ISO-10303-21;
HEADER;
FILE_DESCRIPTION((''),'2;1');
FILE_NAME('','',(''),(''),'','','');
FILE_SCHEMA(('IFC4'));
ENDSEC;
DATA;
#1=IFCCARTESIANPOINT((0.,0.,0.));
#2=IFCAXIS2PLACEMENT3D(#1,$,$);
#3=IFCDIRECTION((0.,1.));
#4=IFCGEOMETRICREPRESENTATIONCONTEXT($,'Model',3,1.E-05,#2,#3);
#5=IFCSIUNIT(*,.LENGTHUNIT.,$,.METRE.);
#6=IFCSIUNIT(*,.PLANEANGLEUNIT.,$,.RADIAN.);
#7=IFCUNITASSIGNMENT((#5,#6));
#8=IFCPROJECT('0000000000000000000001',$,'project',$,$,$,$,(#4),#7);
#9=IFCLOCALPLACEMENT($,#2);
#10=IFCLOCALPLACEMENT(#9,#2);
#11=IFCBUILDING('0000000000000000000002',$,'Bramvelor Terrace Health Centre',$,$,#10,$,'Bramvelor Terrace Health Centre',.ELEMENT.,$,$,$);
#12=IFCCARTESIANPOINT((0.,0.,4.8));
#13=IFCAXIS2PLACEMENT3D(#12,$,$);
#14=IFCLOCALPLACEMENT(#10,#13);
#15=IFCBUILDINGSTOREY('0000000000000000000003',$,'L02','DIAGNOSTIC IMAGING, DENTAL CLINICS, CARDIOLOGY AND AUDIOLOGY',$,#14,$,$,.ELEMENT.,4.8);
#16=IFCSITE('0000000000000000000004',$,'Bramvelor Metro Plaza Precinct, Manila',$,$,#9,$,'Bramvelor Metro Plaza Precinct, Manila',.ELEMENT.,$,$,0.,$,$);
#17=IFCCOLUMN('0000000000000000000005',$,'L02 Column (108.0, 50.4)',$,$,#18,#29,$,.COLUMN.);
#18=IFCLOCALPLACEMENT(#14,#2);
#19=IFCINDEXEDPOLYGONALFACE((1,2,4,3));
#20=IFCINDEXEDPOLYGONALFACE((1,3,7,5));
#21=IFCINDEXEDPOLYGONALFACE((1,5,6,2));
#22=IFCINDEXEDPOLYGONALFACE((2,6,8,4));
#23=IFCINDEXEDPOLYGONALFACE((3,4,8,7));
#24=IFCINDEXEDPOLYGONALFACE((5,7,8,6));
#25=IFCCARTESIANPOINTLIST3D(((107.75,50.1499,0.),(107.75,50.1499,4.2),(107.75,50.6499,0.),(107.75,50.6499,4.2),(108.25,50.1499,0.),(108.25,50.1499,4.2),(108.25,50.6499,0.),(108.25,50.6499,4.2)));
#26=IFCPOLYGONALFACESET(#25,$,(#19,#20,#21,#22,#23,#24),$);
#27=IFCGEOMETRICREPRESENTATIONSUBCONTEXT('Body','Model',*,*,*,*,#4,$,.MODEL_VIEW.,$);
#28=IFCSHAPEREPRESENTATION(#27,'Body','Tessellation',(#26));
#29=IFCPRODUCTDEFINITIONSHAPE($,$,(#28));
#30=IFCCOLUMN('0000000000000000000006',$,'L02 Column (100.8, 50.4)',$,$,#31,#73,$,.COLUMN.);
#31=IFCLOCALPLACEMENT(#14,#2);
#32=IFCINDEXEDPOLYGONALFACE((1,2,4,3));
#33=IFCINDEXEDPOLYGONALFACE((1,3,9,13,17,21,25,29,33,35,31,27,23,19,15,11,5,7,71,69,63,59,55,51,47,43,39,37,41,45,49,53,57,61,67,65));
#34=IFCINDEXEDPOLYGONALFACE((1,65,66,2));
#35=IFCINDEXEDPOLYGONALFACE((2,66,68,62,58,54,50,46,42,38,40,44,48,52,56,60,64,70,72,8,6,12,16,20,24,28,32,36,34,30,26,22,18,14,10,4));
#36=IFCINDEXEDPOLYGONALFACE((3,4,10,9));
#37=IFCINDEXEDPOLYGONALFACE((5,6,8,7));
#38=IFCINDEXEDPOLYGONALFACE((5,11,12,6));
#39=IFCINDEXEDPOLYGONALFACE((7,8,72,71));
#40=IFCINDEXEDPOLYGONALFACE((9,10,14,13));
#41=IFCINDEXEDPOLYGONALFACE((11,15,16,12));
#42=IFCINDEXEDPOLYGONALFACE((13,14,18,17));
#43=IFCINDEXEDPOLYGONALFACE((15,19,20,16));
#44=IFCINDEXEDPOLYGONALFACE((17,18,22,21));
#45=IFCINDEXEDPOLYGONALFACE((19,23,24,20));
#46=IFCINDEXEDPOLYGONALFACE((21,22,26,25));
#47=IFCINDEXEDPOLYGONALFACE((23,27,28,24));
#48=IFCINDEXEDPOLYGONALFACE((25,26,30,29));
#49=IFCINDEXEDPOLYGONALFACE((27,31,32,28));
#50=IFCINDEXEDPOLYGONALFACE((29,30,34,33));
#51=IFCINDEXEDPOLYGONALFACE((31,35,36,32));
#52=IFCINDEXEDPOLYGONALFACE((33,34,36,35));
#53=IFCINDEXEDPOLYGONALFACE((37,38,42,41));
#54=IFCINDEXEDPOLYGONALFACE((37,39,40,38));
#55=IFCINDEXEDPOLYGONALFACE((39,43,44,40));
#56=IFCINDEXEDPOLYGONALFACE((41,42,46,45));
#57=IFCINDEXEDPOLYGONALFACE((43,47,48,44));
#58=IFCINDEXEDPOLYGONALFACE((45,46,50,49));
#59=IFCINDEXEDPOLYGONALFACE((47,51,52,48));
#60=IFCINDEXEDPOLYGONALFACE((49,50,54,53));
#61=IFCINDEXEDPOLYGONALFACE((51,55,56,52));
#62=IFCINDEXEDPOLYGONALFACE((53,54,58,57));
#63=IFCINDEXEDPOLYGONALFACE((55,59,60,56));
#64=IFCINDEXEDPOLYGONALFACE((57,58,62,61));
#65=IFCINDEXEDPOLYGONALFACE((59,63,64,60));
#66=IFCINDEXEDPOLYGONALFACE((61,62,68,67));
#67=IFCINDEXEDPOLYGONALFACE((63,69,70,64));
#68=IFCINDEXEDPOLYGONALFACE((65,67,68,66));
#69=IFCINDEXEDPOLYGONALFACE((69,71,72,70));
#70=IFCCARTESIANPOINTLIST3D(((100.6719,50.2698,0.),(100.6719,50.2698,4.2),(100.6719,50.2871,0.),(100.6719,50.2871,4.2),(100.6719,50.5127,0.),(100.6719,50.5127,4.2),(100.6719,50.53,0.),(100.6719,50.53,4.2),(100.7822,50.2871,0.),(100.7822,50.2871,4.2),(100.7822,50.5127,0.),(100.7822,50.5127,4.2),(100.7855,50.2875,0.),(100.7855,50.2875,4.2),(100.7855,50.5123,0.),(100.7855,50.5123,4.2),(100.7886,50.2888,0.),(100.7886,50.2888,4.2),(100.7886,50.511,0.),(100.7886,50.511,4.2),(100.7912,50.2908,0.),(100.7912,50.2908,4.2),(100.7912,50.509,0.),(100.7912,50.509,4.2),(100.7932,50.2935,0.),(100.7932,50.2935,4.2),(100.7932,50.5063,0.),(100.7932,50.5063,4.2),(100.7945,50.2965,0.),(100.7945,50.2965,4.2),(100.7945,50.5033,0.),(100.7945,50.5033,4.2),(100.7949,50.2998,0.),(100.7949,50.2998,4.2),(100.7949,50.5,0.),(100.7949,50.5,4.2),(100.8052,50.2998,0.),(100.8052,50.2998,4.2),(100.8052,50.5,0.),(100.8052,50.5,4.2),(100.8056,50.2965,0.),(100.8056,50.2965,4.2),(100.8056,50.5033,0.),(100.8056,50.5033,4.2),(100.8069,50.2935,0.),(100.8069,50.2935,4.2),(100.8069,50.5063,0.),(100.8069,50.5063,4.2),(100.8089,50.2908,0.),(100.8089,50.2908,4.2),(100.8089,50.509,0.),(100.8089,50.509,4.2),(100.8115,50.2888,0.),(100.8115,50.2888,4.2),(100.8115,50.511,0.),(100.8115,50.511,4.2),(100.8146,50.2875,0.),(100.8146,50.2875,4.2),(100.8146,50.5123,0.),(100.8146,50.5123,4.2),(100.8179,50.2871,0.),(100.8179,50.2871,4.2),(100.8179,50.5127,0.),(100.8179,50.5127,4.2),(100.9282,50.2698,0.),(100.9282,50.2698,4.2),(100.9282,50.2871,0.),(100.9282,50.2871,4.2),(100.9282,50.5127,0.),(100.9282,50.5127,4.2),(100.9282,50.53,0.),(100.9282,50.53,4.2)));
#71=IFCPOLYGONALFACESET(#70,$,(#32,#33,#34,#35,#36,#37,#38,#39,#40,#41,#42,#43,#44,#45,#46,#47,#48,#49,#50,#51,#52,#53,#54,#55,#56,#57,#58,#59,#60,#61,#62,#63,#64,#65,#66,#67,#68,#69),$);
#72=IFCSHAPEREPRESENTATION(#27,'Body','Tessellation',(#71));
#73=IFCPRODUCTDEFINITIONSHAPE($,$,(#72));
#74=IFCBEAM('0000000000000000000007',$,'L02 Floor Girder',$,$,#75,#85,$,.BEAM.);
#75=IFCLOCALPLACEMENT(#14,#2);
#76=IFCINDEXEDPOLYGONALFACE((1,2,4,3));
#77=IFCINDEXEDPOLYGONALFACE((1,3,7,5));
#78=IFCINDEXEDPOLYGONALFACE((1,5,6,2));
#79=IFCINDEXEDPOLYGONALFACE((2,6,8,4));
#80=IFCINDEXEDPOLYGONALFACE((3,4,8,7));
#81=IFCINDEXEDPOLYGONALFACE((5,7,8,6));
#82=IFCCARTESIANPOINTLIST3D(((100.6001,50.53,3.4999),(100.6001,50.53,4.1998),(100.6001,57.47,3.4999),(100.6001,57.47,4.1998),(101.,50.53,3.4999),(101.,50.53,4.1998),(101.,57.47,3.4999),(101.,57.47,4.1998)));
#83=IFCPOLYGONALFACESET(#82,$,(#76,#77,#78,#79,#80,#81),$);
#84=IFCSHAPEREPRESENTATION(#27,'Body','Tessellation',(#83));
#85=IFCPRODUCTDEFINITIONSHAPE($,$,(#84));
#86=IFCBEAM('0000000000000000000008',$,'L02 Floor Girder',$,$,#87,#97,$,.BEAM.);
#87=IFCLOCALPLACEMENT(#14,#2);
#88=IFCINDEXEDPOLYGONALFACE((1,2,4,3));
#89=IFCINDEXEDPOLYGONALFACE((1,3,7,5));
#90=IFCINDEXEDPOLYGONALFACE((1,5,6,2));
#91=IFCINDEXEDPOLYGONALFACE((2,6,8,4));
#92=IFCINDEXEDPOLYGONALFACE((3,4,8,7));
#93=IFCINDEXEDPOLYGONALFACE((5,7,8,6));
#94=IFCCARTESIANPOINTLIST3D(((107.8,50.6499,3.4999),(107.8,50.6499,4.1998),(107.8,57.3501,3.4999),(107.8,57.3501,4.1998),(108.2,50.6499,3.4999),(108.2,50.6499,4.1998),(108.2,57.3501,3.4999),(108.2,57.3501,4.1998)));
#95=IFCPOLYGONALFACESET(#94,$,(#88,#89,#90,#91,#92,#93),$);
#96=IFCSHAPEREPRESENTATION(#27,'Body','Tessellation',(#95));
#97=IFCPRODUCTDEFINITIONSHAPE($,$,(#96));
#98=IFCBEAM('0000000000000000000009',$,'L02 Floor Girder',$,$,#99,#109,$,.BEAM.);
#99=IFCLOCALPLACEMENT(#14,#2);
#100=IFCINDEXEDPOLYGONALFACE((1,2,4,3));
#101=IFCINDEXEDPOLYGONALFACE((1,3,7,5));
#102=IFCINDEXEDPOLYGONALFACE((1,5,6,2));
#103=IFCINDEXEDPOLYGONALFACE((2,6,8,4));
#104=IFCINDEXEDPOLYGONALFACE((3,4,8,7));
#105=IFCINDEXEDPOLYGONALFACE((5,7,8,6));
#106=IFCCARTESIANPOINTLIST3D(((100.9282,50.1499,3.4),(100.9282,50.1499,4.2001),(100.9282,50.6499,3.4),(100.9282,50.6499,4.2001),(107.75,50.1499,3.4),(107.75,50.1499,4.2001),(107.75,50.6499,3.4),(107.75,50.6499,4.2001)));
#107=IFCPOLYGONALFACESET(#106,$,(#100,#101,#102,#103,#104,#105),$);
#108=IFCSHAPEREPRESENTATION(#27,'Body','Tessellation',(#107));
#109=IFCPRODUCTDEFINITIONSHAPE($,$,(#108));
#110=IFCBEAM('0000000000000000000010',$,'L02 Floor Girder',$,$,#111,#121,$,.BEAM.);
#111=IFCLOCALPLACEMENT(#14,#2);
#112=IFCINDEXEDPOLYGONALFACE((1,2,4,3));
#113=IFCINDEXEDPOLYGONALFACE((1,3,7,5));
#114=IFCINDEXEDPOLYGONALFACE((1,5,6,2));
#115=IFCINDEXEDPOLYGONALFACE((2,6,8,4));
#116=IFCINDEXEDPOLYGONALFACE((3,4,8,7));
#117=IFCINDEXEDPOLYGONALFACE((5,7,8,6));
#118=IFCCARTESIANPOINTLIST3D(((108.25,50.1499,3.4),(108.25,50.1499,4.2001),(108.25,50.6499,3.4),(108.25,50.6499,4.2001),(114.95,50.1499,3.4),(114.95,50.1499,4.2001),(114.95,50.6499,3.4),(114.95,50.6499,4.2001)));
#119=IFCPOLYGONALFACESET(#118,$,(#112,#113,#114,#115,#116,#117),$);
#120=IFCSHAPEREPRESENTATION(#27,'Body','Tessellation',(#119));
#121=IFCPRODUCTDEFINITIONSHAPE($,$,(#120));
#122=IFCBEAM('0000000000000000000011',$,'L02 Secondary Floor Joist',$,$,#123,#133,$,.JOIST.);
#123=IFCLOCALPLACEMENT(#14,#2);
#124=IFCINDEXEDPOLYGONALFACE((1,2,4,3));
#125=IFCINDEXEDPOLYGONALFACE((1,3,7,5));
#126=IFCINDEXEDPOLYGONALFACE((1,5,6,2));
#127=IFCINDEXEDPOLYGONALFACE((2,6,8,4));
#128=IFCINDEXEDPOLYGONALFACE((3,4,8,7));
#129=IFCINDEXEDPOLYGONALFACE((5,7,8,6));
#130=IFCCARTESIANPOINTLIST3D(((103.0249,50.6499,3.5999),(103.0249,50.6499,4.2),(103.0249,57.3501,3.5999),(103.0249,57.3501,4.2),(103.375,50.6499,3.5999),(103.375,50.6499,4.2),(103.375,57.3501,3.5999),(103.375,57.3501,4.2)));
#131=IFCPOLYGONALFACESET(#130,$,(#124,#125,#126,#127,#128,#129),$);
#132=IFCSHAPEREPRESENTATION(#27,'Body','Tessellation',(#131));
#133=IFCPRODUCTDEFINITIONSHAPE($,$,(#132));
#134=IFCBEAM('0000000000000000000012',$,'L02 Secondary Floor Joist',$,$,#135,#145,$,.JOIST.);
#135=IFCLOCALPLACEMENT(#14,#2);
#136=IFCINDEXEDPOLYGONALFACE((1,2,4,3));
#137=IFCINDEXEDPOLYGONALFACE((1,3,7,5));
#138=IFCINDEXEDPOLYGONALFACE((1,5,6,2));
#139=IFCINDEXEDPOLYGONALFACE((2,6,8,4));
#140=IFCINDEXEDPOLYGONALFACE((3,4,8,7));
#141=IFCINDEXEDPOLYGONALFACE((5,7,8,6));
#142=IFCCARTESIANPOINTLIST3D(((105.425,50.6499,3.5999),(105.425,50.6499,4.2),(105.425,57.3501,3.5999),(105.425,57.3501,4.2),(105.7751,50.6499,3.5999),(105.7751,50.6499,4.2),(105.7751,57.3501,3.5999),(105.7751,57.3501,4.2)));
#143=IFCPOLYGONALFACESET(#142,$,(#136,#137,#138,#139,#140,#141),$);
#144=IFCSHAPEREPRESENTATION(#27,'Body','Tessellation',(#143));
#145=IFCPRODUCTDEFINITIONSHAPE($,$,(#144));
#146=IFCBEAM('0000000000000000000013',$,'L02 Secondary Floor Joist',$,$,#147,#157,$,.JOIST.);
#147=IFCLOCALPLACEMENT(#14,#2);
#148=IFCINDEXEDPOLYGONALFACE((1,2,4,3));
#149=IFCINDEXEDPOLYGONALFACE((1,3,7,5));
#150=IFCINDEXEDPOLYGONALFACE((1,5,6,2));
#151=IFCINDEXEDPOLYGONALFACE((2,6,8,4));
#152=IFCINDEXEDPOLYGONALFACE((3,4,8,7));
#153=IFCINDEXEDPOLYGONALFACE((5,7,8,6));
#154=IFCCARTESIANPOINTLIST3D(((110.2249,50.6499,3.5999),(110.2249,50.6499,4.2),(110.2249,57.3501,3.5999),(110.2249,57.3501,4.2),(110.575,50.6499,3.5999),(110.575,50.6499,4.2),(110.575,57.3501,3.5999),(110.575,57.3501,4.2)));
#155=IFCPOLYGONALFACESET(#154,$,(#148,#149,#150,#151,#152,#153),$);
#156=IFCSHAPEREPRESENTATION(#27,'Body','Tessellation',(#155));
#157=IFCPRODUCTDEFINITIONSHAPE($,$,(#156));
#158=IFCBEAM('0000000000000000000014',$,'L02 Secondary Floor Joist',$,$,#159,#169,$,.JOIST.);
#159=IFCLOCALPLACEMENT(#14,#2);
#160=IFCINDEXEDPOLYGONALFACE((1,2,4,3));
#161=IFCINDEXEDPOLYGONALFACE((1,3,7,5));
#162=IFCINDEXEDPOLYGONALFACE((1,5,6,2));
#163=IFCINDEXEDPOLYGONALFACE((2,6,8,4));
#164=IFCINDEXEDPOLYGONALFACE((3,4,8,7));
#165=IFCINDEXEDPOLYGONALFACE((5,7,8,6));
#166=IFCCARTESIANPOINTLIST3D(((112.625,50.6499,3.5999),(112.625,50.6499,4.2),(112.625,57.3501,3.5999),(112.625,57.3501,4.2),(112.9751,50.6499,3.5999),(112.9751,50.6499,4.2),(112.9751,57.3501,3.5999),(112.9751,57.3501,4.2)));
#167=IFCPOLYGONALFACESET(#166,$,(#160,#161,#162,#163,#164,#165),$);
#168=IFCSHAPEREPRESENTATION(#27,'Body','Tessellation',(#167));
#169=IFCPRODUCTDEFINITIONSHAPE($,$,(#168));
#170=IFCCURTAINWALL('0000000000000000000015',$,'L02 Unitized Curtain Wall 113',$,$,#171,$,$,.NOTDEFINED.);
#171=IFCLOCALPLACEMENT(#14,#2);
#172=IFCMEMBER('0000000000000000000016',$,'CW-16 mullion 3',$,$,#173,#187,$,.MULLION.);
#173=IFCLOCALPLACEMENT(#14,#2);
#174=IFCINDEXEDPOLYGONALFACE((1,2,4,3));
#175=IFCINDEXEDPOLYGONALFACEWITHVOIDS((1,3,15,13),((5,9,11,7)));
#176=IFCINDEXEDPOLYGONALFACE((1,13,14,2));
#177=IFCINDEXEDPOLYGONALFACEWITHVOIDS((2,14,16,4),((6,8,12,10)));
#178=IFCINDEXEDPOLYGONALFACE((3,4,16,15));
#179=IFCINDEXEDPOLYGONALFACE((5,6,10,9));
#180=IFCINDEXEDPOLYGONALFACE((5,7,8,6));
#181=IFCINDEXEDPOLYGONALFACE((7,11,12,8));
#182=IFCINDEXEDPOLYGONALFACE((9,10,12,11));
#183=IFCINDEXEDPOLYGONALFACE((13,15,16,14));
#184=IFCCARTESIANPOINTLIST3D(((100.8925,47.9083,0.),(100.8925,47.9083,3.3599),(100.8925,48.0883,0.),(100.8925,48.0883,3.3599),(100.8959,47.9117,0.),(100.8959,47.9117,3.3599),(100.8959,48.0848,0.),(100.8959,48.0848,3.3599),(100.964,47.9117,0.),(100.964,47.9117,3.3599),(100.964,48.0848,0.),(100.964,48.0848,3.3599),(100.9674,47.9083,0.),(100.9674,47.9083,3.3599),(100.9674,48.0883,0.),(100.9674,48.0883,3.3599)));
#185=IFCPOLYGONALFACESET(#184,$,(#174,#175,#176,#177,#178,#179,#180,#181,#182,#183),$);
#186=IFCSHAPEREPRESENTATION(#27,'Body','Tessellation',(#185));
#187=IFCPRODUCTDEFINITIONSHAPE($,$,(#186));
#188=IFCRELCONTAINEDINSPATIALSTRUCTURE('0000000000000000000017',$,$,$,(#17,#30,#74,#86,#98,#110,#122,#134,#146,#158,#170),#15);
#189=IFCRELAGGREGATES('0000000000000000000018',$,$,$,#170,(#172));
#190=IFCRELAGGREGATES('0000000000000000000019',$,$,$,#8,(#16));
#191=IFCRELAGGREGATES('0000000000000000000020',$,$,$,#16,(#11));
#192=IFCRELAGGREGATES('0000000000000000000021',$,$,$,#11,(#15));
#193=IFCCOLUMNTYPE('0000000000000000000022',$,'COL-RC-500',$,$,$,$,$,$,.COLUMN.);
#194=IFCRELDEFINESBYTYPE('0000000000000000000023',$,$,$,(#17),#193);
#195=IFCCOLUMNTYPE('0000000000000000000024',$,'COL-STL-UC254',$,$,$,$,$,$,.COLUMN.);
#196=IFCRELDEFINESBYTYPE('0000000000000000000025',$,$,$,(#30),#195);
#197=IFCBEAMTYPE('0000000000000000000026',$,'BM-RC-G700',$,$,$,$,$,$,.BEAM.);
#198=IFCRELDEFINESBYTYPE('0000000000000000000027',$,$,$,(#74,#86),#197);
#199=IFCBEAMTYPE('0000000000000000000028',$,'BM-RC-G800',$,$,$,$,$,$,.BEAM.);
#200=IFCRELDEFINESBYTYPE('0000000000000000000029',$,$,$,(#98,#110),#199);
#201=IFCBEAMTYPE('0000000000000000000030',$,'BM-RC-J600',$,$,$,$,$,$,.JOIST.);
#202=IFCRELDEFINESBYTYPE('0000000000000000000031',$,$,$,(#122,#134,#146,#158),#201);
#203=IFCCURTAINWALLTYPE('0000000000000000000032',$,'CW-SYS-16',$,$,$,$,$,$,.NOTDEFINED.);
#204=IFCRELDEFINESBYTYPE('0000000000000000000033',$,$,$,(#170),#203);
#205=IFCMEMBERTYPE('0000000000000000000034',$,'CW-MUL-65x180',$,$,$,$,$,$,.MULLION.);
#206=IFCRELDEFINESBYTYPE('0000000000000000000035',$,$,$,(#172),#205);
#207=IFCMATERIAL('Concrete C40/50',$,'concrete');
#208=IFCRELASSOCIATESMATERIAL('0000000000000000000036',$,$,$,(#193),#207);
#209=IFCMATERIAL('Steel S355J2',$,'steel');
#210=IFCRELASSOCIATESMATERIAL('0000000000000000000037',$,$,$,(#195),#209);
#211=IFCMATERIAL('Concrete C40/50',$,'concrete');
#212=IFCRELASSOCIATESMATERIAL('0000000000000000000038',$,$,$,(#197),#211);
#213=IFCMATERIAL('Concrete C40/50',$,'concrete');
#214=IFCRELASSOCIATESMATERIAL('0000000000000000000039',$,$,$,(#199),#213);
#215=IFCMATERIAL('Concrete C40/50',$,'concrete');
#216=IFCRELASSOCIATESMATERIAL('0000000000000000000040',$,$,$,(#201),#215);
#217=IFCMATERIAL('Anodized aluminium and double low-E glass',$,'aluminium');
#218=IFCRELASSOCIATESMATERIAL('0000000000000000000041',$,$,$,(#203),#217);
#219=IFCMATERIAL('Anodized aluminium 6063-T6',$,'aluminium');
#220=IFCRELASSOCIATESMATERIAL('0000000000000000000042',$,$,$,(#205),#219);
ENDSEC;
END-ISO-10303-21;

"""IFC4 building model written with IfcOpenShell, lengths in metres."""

from ifc_helpers import new_model, si_unit, direction, frame, origin, origin_2d, place, context, subcontext, project, spatial, rectangle, hollow_rectangle, i_section, extrude, material, material_profile, profile_set, type_object, element, aggregate, save


model = new_model("IFC4")

# Units and contexts
model_context = context("Model", 3, precision=1e-05, world=origin(), true_north=direction((0.0, 1.0)))
body_context = subcontext(model_context, "Body", "Model", "MODEL_VIEW")
ifc_project = project(units=[si_unit("LENGTHUNIT", "METRE"), si_unit("PLANEANGLEUNIT", "RADIAN")], contexts=[model_context])

# Site, building, storey
site_placement = place(None, origin())
site = spatial("IfcSite", under=ifc_project, at=site_placement, Name="Bramvelor Metro Plaza Precinct, Manila", LongName="Bramvelor Metro Plaza Precinct, Manila", CompositionType="ELEMENT", RefElevation=0.0)
building_placement = place(site_placement, origin())
building = spatial("IfcBuilding", under=site, at=building_placement, Name="Bramvelor Terrace Health Centre", LongName="Bramvelor Terrace Health Centre", CompositionType="ELEMENT")
storey_placement = place(building_placement, frame((0.0, 0.0, 4.8)))
storey = spatial("IfcBuildingStorey", under=building, at=storey_placement, Name="L02", Description="DIAGNOSTIC IMAGING, DENTAL CLINICS, CARDIOLOGY AND AUDIOLOGY", CompositionType="ELEMENT", Elevation=4.8)

# Columns
ifc_material_1 = material(Name="Concrete C40/50", Category="concrete")
ifc_material_profile_1 = material_profile(ifc_material_1, rectangle(XDim=0.5, YDim=0.5, at=origin_2d()), Name="RC 500x500")
ifc_profile_set_1 = profile_set([ifc_material_profile_1], Name="Concrete C40/50")
column_type_1 = type_object("IfcColumnType", Name="COL-RC-500", PredefinedType="COLUMN", material=ifc_profile_set_1)
column_1_placement = place(storey_placement, frame((108.0, 50.3999, 0.0), z_axis=(0.0, 0.0, 1.0), x_axis=(1.0, 0.0, 0.0)))
element("IfcColumn", 1, at=column_1_placement, inside=storey, type_object=column_type_1, Name="L02 Column (108.0, 50.4)", PredefinedType="COLUMN", context=body_context, shape_type="SweptSolid", body=[
    extrude(rectangle(XDim=0.5, YDim=0.5, at=origin_2d()), origin(), (0.0, 0.0, 1.0), 4.2),
])
ifc_material_2 = material(Name="Steel S355J2", Category="steel")
ifc_material_profile_2 = material_profile(ifc_material_2, i_section(OverallWidth=0.2563, OverallDepth=0.2603, WebThickness=0.0103, FlangeThickness=0.0173, FilletRadius=0.0127, at=origin_2d()), Name="UC 254x254x89")
ifc_profile_set_2 = profile_set([ifc_material_profile_2], Name="Steel S355J2")
column_type_2 = type_object("IfcColumnType", Name="COL-STL-UC254", PredefinedType="COLUMN", material=ifc_profile_set_2)
column_2_placement = place(storey_placement, frame((100.8, 50.3999, 0.0), z_axis=(0.0, 0.0, 1.0), x_axis=(1.0, 0.0, 0.0)))
element("IfcColumn", 2, at=column_2_placement, inside=storey, type_object=column_type_2, Name="L02 Column (100.8, 50.4)", PredefinedType="COLUMN", context=body_context, shape_type="SweptSolid", body=[
    extrude(i_section(OverallWidth=0.2563, OverallDepth=0.2603, WebThickness=0.0103, FlangeThickness=0.0173, FilletRadius=0.0127, at=origin_2d()), origin(), (0.0, 0.0, 1.0), 4.2),
])

# Beams
ifc_material_3 = material(Name="Concrete C40/50", Category="concrete")
ifc_material_profile_3 = material_profile(ifc_material_3, rectangle(XDim=0.3999, YDim=0.7, at=origin_2d()), Name="RC 400x700")
ifc_profile_set_3 = profile_set([ifc_material_profile_3], Name="Concrete C40/50")
beam_type_1 = type_object("IfcBeamType", Name="BM-RC-G700", PredefinedType="BEAM", material=ifc_profile_set_3)
beam_1_placement = place(storey_placement, frame((100.8, 50.53, 3.8499), z_axis=(0.0, 1.0, 0.0), x_axis=(-1.0, 0.0, 0.0)))
element("IfcBeam", 3, at=beam_1_placement, inside=storey, type_object=beam_type_1, Name="L02 Floor Girder", PredefinedType="BEAM", context=body_context, shape_type="SweptSolid", body=[
    extrude(rectangle(XDim=0.3999, YDim=0.7, at=origin_2d()), origin(), (0.0, 0.0, 1.0), 6.9399),
])
beam_2_placement = place(storey_placement, frame((108.0, 50.6499, 3.8499), z_axis=(0.0, 1.0, 0.0), x_axis=(-1.0, 0.0, 0.0)))
element("IfcBeam", 4, at=beam_2_placement, inside=storey, type_object=beam_type_1, Name="L02 Floor Girder", PredefinedType="BEAM", context=body_context, shape_type="SweptSolid", body=[
    extrude(rectangle(XDim=0.3999, YDim=0.7, at=origin_2d()), origin(), (0.0, 0.0, 1.0), 6.7002),
])
ifc_material_4 = material(Name="Concrete C40/50", Category="concrete")
ifc_material_profile_4 = material_profile(ifc_material_4, rectangle(XDim=0.5, YDim=0.8, at=origin_2d()), Name="RC 500x800")
ifc_profile_set_4 = profile_set([ifc_material_profile_4], Name="Concrete C40/50")
beam_type_2 = type_object("IfcBeamType", Name="BM-RC-G800", PredefinedType="BEAM", material=ifc_profile_set_4)
beam_3_placement = place(storey_placement, frame((100.9282, 50.3999, 3.8), z_axis=(1.0, 0.0, 0.0), x_axis=(0.0, 1.0, 0.0)))
element("IfcBeam", 5, at=beam_3_placement, inside=storey, type_object=beam_type_2, Name="L02 Floor Girder", PredefinedType="BEAM", context=body_context, shape_type="SweptSolid", body=[
    extrude(rectangle(XDim=0.5, YDim=0.8, at=origin_2d()), origin(), (0.0, 0.0, 1.0), 6.8218),
])
beam_4_placement = place(storey_placement, frame((108.25, 50.3999, 3.8), z_axis=(1.0, 0.0, 0.0), x_axis=(0.0, 1.0, 0.0)))
element("IfcBeam", 6, at=beam_4_placement, inside=storey, type_object=beam_type_2, Name="L02 Floor Girder", PredefinedType="BEAM", context=body_context, shape_type="SweptSolid", body=[
    extrude(rectangle(XDim=0.5, YDim=0.8, at=origin_2d()), origin(), (0.0, 0.0, 1.0), 6.7),
])
ifc_material_5 = material(Name="Concrete C40/50", Category="concrete")
ifc_material_profile_5 = material_profile(ifc_material_5, rectangle(XDim=0.3501, YDim=0.6001, at=origin_2d()), Name="RC 350x600")
ifc_profile_set_5 = profile_set([ifc_material_profile_5], Name="Concrete C40/50")
beam_type_3 = type_object("IfcBeamType", Name="BM-RC-J600", PredefinedType="JOIST", material=ifc_profile_set_5)
for number, where, z_axis, x_axis, name in (
    (7, (103.2, 50.6499, 3.8999), (0.0, 1.0, 0.0), (-1.0, 0.0, 0.0), "L02 Secondary Floor Joist"),
    (8, (105.6001, 50.6499, 3.8999), (0.0, 1.0, 0.0), (-1.0, 0.0, 0.0), "L02 Secondary Floor Joist"),
    (9, (110.3999, 50.6499, 3.8999), (0.0, 1.0, 0.0), (-1.0, 0.0, 0.0), "L02 Secondary Floor Joist"),
    (10, (112.8, 50.6499, 3.8999), (0.0, 1.0, 0.0), (-1.0, 0.0, 0.0), "L02 Secondary Floor Joist"),
):
    element("IfcBeam", number, at=place(storey_placement, frame(where, z_axis=z_axis, x_axis=x_axis)), inside=storey, type_object=beam_type_3, Name=name, PredefinedType="JOIST", context=body_context, shape_type="SweptSolid", body=[
        extrude(rectangle(XDim=0.3501, YDim=0.6001, at=origin_2d()), origin(), (0.0, 0.0, 1.0), 6.7002),
    ])

# Curtain wall, member
ifc_material_6 = material(Name="Anodized aluminium and double low-E glass", Category="aluminium")
curtain_wall_type_1 = type_object("IfcCurtainWallType", Name="CW-SYS-16", PredefinedType="NOTDEFINED", material=ifc_material_6)
curtain_wall_1_placement = place(storey_placement, origin())
curtain_wall_1 = element("IfcCurtainWall", 11, at=curtain_wall_1_placement, inside=storey, type_object=curtain_wall_type_1, Name="L02 Unitized Curtain Wall 113", PredefinedType="NOTDEFINED")
ifc_material_7 = material(Name="Anodized aluminium 6063-T6", Category="aluminium")
ifc_material_profile_6 = material_profile(ifc_material_7, hollow_rectangle(XDim=0.075, YDim=0.1799, WallThickness=0.0034, at=origin_2d()), Name="ALU-MUL 75x180x3.5")
ifc_profile_set_6 = profile_set([ifc_material_profile_6], Name="Anodized aluminium 6063-T6")
member_type_1 = type_object("IfcMemberType", Name="CW-MUL-65x180", PredefinedType="MULLION", material=ifc_profile_set_6)
member_1_placement = place(storey_placement, frame((100.9299, 47.9983, 0.0), z_axis=(0.0, 0.0, 1.0), x_axis=(-1.0, 0.0, 0.0)))
member_1 = element("IfcMember", 12, at=member_1_placement, type_object=member_type_1, Name="CW-16 mullion 3", PredefinedType="MULLION", context=body_context, shape_type="SweptSolid", body=[
    extrude(hollow_rectangle(XDim=0.075, YDim=0.1799, WallThickness=0.0034, at=origin_2d()), origin(), (0.0, 0.0, 1.0), 3.3599),
])

aggregate(curtain_wall_1, [member_1])

save(model, "model.ifc")
